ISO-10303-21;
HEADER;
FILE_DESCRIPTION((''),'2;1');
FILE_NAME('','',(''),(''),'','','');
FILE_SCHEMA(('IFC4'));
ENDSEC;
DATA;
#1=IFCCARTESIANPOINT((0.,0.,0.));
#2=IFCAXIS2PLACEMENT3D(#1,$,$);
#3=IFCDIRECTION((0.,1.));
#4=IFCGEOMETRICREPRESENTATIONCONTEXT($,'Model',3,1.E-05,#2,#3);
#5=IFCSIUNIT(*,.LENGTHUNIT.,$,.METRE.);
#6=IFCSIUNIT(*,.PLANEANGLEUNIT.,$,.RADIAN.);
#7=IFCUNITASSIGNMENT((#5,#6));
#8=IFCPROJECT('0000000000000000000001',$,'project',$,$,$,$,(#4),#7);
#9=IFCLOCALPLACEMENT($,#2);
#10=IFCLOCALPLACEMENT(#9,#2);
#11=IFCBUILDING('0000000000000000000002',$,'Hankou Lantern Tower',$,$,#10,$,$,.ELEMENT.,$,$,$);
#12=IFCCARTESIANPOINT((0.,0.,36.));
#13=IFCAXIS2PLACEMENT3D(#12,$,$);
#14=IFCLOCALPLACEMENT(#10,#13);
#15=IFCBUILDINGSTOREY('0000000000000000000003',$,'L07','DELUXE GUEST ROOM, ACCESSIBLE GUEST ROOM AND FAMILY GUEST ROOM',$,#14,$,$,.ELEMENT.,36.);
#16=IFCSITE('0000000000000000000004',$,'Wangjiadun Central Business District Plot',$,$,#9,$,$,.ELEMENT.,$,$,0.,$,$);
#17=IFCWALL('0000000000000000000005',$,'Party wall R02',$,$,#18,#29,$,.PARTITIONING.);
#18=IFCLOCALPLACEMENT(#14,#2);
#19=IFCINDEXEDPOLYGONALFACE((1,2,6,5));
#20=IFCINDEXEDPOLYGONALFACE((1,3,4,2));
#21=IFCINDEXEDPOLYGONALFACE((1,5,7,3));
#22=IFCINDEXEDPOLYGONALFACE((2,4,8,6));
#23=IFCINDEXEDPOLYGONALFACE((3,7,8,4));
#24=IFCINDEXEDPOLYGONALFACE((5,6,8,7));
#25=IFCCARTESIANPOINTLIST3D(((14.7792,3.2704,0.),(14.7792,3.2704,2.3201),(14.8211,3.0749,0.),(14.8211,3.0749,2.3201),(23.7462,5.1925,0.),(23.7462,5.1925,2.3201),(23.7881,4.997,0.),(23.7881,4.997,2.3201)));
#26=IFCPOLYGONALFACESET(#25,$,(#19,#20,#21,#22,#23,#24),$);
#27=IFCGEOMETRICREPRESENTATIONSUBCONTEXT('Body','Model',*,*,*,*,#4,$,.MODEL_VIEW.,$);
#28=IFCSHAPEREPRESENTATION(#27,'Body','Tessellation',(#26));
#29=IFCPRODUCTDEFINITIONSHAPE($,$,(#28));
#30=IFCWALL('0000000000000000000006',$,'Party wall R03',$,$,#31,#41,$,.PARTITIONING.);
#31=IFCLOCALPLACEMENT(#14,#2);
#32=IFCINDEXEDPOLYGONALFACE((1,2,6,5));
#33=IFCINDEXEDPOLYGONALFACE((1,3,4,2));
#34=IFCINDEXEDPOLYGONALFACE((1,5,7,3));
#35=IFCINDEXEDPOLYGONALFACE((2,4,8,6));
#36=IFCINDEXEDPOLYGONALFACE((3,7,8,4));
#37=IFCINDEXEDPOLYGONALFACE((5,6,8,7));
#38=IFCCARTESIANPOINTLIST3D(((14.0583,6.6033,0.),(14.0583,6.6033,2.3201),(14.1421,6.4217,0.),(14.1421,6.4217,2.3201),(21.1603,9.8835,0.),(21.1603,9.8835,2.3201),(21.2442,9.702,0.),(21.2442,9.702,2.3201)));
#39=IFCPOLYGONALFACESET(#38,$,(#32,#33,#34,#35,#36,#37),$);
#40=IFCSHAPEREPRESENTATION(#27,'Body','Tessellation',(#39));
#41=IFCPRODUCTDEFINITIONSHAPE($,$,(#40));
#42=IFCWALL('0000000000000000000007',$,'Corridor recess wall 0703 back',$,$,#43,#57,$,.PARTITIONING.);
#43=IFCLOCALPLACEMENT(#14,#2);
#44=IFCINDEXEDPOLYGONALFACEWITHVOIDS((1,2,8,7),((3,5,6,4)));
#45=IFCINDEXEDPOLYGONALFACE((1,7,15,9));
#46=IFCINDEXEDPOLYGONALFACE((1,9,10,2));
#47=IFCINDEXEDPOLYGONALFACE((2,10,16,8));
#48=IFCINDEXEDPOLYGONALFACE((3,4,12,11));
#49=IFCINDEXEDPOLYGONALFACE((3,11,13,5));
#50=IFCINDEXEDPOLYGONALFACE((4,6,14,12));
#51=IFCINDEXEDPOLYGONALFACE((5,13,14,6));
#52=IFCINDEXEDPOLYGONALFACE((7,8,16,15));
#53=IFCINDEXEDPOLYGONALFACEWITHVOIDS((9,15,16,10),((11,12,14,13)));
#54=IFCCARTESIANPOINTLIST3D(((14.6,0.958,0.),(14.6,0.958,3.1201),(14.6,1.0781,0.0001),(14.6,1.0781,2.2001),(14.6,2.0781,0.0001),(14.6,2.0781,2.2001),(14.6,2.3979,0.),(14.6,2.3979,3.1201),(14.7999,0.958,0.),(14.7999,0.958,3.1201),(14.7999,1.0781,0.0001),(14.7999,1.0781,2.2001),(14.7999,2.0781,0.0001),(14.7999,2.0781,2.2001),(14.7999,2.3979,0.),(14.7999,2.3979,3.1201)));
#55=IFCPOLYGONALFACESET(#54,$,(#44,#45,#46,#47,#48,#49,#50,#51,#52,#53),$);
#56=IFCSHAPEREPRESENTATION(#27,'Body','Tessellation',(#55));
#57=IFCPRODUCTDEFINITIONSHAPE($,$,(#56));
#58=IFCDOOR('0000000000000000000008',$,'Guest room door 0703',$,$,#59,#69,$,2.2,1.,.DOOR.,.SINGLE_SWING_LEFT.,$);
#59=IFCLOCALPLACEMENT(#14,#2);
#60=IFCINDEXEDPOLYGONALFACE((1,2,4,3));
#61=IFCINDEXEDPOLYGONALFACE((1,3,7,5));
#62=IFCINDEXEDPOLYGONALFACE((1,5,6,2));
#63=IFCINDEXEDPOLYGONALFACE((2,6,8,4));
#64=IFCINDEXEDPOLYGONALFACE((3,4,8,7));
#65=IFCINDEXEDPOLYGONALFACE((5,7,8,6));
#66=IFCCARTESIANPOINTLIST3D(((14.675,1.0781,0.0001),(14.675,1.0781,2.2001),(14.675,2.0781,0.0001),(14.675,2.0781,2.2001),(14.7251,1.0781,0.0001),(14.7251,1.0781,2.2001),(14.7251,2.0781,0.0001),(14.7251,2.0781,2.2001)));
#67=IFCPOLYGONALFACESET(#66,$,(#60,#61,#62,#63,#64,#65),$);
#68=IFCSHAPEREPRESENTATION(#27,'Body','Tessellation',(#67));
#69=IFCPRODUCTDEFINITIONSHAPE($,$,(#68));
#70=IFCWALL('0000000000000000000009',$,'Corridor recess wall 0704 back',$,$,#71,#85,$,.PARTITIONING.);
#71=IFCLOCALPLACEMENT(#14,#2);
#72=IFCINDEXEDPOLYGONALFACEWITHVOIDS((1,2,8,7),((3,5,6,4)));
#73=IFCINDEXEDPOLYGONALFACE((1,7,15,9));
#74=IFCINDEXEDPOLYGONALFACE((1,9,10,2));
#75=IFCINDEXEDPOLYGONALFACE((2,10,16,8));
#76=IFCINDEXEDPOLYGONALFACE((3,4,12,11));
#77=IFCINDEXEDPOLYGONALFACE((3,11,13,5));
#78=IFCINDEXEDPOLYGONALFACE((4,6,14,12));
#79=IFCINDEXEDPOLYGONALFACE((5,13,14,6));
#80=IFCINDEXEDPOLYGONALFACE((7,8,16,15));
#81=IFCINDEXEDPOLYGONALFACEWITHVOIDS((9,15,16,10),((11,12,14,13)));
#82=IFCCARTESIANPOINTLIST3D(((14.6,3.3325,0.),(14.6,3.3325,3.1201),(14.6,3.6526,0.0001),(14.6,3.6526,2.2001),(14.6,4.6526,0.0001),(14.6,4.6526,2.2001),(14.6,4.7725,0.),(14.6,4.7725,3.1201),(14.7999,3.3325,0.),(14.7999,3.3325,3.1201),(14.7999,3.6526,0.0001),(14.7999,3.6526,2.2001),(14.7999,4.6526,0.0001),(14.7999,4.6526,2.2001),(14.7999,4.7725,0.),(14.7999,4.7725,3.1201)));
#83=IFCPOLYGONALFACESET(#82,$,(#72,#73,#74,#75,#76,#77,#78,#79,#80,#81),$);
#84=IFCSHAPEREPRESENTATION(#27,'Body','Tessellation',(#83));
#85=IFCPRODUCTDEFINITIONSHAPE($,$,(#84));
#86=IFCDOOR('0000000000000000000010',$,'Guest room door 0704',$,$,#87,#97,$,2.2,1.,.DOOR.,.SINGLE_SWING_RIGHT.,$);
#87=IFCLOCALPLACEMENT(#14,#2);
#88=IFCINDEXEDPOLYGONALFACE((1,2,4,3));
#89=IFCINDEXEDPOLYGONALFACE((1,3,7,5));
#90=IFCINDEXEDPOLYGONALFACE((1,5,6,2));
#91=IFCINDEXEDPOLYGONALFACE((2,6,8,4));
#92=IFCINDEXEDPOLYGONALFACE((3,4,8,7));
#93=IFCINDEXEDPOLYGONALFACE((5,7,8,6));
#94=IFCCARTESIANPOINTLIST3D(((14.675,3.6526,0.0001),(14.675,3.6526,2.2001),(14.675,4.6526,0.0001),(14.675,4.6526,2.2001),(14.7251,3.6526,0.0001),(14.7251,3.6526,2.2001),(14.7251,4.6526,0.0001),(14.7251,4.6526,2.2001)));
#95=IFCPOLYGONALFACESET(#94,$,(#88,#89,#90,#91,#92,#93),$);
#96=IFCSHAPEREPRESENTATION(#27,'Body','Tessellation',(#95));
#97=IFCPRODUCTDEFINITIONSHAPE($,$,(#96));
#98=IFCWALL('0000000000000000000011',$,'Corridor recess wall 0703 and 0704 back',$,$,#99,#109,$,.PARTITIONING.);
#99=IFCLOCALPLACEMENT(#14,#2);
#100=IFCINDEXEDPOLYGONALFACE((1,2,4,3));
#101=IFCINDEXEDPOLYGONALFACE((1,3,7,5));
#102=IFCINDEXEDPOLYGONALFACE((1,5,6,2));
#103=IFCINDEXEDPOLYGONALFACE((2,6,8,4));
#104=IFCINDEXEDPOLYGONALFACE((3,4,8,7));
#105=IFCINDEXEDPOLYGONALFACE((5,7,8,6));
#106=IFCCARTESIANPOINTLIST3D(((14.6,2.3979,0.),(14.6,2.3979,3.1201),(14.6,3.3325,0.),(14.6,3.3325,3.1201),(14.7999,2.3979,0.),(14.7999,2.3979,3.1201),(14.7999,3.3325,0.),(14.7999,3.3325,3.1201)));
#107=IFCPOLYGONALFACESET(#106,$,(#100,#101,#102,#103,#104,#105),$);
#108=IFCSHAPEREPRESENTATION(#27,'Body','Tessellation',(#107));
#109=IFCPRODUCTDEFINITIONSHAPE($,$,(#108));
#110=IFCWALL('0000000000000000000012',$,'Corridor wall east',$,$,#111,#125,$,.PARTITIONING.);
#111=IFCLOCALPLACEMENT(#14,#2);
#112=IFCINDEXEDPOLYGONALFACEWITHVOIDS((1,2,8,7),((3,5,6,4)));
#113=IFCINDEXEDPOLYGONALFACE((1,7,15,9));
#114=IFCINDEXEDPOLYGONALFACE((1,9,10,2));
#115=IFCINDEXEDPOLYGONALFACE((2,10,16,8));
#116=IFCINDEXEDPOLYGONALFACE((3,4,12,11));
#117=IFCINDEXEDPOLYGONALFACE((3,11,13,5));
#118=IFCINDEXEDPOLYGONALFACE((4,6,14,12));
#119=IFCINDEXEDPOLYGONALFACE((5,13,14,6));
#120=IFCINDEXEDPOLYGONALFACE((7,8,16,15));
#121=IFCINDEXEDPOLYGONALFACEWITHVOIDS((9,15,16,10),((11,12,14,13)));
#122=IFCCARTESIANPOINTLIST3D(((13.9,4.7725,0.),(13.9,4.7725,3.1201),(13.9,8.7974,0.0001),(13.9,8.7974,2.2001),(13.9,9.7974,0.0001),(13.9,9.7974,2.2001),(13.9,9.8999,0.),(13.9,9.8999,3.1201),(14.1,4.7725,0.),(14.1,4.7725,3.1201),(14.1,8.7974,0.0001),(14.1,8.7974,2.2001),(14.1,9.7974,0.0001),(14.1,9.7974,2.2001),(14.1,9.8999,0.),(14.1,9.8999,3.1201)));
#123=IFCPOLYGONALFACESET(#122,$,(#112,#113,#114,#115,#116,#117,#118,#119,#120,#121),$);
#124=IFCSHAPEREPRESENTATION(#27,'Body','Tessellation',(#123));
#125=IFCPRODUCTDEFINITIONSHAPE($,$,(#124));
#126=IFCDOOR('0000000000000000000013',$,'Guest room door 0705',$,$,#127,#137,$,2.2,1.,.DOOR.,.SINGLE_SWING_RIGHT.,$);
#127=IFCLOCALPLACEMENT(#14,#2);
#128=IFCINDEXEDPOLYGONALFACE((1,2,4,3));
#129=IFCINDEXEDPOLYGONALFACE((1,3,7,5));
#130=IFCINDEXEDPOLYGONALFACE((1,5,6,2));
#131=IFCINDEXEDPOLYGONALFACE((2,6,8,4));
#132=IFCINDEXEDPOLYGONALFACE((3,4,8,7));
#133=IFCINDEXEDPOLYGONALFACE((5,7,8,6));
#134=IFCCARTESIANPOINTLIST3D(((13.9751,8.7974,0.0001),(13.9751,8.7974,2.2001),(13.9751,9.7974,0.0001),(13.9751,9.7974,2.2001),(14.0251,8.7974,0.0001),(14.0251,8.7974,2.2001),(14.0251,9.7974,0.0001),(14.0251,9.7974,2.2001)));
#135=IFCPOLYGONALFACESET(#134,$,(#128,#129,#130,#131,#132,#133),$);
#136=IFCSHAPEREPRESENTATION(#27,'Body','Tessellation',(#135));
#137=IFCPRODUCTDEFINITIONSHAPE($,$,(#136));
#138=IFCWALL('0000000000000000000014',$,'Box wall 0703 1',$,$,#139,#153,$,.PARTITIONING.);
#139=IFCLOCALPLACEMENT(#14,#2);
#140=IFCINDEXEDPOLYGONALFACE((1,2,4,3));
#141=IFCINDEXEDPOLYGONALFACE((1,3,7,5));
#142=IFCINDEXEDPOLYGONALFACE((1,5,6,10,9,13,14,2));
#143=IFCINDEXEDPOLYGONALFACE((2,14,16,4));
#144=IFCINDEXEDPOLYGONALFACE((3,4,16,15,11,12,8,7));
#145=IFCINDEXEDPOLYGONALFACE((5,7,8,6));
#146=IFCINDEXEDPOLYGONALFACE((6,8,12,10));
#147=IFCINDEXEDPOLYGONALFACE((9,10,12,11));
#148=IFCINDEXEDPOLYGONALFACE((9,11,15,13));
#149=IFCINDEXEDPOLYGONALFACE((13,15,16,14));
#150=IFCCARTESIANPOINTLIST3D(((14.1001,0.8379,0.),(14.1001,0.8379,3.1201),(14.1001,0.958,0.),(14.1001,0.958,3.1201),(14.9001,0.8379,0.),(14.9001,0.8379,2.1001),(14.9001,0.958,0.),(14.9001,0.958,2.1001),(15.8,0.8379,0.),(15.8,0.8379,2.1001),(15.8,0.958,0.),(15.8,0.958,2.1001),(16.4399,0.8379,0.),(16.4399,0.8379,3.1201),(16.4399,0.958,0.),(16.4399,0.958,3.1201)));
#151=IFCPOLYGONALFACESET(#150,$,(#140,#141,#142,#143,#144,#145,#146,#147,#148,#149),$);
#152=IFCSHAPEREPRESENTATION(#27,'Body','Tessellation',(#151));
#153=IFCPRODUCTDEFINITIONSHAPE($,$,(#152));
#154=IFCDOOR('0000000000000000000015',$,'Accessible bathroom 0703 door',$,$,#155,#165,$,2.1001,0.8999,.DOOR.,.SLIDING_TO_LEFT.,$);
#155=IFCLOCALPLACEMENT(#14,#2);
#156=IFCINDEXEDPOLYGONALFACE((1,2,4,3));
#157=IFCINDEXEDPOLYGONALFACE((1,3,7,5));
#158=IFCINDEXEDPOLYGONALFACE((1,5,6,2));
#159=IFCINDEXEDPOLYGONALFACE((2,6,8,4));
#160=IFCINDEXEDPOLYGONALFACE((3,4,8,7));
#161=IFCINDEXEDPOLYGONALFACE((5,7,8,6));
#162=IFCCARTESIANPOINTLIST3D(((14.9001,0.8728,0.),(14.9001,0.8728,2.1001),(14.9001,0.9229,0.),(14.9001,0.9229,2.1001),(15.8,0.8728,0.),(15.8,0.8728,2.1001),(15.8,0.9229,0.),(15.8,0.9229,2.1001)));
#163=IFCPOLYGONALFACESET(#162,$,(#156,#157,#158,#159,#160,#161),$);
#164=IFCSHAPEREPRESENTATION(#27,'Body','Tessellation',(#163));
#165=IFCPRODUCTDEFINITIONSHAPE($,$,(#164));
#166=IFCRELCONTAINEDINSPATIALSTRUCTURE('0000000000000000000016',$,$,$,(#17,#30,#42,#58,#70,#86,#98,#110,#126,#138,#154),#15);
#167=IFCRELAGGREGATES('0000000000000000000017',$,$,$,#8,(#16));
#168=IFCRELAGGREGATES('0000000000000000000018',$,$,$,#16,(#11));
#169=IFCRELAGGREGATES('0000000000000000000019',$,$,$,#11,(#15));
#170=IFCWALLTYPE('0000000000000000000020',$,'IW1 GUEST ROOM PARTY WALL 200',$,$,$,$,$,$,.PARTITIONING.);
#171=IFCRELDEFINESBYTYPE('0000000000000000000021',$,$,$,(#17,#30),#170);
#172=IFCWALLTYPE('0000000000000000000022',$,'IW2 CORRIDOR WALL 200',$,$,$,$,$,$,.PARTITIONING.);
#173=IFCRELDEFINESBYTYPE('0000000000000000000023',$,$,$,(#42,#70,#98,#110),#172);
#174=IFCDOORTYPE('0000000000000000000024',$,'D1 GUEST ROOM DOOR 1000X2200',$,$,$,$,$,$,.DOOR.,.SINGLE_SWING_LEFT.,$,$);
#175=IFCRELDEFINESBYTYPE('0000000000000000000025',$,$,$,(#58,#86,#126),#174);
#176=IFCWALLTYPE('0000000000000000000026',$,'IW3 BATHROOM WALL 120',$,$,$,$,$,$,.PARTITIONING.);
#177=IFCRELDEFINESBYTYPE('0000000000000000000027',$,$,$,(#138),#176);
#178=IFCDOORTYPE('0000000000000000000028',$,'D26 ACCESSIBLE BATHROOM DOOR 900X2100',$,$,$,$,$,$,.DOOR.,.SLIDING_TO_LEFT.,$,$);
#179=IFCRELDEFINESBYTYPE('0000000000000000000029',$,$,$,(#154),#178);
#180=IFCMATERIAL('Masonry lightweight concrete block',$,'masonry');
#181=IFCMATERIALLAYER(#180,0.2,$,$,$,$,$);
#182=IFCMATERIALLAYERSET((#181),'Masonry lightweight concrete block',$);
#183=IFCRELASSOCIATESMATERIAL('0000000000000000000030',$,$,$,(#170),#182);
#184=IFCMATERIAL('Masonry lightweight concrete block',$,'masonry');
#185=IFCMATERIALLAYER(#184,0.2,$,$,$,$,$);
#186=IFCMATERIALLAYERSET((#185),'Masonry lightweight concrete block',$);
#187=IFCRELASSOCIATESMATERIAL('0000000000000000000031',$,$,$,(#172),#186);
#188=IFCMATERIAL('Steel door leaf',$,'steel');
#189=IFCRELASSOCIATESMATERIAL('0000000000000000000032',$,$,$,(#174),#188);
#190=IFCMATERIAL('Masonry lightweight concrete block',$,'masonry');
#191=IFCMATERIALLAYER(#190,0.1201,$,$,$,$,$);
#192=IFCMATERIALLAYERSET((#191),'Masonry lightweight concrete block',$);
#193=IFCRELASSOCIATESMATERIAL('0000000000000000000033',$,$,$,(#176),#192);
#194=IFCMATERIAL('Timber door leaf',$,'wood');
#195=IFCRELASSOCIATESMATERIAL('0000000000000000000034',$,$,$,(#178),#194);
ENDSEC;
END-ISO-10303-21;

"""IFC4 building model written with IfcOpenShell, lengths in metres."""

from ifc_helpers import new_model, si_unit, direction, frame, frame_2d, origin, place, context, subcontext, project, spatial, rectangle, extrude, material, layer, layer_set, type_object, element, fill, save


model = new_model("IFC4")

# Units and contexts
model_context = context("Model", 3, precision=1e-05, world=origin(), true_north=direction((0.0, 1.0)))
body_context = subcontext(model_context, "Body", "Model", "MODEL_VIEW")
ifc_project = project(units=[si_unit("LENGTHUNIT", "METRE"), si_unit("PLANEANGLEUNIT", "RADIAN")], contexts=[model_context])

# Site, building, storey
site_placement = place(None, origin())
site = spatial("IfcSite", under=ifc_project, at=site_placement, Name="Wangjiadun Central Business District Plot", CompositionType="ELEMENT", RefElevation=0.0)
building_placement = place(site_placement, origin())
building = spatial("IfcBuilding", under=site, at=building_placement, Name="Hankou Lantern Tower", CompositionType="ELEMENT")
storey_placement = place(building_placement, frame((0.0, 0.0, 36.0)))
storey = spatial("IfcBuildingStorey", under=building, at=storey_placement, Name="L07", Description="DELUXE GUEST ROOM, ACCESSIBLE GUEST ROOM AND FAMILY GUEST ROOM", CompositionType="ELEMENT", Elevation=36.0)

# Walls
ifc_material_1 = material(Name="Masonry lightweight concrete block", Category="masonry")
ifc_layer_1 = layer(ifc_material_1, 0.2)
ifc_layer_set_1 = layer_set([ifc_layer_1], Name="Masonry lightweight concrete block")
wall_type_1 = type_object("IfcWallType", Name="IW1 GUEST ROOM PARTY WALL 200", PredefinedType="PARTITIONING", material=ifc_layer_set_1)
wall_1_placement = place(storey_placement, frame((14.8, 3.1726, 0.0), z_axis=(0.0, 0.0, 1.0), x_axis=(0.977789, 0.209593, 0.0)))
element("IfcWall", 1, at=wall_1_placement, inside=storey, type_object=wall_type_1, Name="Party wall R02", PredefinedType="PARTITIONING", context=body_context, shape_type="SweptSolid", body=[
    extrude(rectangle(XDim=9.1707, YDim=0.2, at=frame_2d((4.5854, 0.0))), origin(), (0.0, 0.0, 1.0), 2.3201),
])
wall_2_placement = place(storey_placement, frame((14.1001, 6.5125, 0.0), z_axis=(0.0, 0.0, 1.0), x_axis=(0.907842, 0.419311, 0.0)))
element("IfcWall", 2, at=wall_2_placement, inside=storey, type_object=wall_type_1, Name="Party wall R03", PredefinedType="PARTITIONING", context=body_context, shape_type="SweptSolid", body=[
    extrude(rectangle(XDim=7.823, YDim=0.2, at=frame_2d((3.9116, 0.0))), origin(), (0.0, 0.0, 1.0), 2.3201),
])

# Walls, openings, doors
ifc_material_2 = material(Name="Masonry lightweight concrete block", Category="masonry")
ifc_layer_2 = layer(ifc_material_2, 0.2)
ifc_layer_set_2 = layer_set([ifc_layer_2], Name="Masonry lightweight concrete block")
wall_type_2 = type_object("IfcWallType", Name="IW2 CORRIDOR WALL 200", PredefinedType="PARTITIONING", material=ifc_layer_set_2)
wall_3_placement = place(storey_placement, frame((14.7, 0.958, 0.0), z_axis=(0.0, 0.0, 1.0), x_axis=(0.0, 1.0, 0.0)))
wall_3 = element("IfcWall", 3, at=wall_3_placement, inside=storey, type_object=wall_type_2, Name="Corridor recess wall 0703 back", PredefinedType="PARTITIONING", context=body_context, shape_type="SweptSolid", body=[
    extrude(rectangle(XDim=1.4399, YDim=0.2, at=frame_2d((0.72, 0.0))), origin(), (0.0, 0.0, 1.0), 3.1201),
])
opening_1_placement = place(wall_3_placement, frame((0.1201, 0.0, 0.0)))
opening_1 = element("IfcOpeningElement", 4, at=opening_1_placement, cuts=wall_3, PredefinedType="OPENING", context=body_context, shape_type="SweptSolid", body=[
    extrude(rectangle(XDim=1.0, YDim=2.2, at=frame_2d((0.5, 1.1001))), frame((0.0, 0.1099, 0.0), z_axis=(0.0, -1.0, 0.0), x_axis=(1.0, 0.0, 0.0)), (0.0, 0.0, 1.0), 0.22),
])
ifc_material_3 = material(Name="Steel door leaf", Category="steel")
door_type_1 = type_object("IfcDoorType", Name="D1 GUEST ROOM DOOR 1000X2200", OperationType="SINGLE_SWING_LEFT", PredefinedType="DOOR", material=ifc_material_3)
door_1_placement = place(opening_1_placement, origin())
door_1 = element("IfcDoor", 5, at=door_1_placement, inside=storey, type_object=door_type_1, Name="Guest room door 0703", OperationType="SINGLE_SWING_LEFT", OverallHeight=2.2, OverallWidth=1.0, PredefinedType="DOOR", context=body_context, shape_type="SweptSolid", body=[
    extrude(rectangle(XDim=1.0, YDim=2.2, at=frame_2d((0.5, 1.1001))), frame((0.0, 0.0249, 0.0), z_axis=(0.0, -1.0, 0.0), x_axis=(1.0, 0.0, 0.0)), (0.0, 0.0, 1.0), 0.05),
])
fill(opening_1, door_1)
wall_4_placement = place(storey_placement, frame((14.7, 3.3325, 0.0), z_axis=(0.0, 0.0, 1.0), x_axis=(0.0, 1.0, 0.0)))
wall_4 = element("IfcWall", 6, at=wall_4_placement, inside=storey, type_object=wall_type_2, Name="Corridor recess wall 0704 back", PredefinedType="PARTITIONING", context=body_context, shape_type="SweptSolid", body=[
    extrude(rectangle(XDim=1.4399, YDim=0.2, at=frame_2d((0.72, 0.0))), origin(), (0.0, 0.0, 1.0), 3.1201),
])
opening_2_placement = place(wall_4_placement, frame((0.3201, 0.0, 0.0)))
opening_2 = element("IfcOpeningElement", 7, at=opening_2_placement, cuts=wall_4, PredefinedType="OPENING", context=body_context, shape_type="SweptSolid", body=[
    extrude(rectangle(XDim=1.0, YDim=2.2, at=frame_2d((0.5, 1.1001))), frame((0.0, 0.1099, 0.0), z_axis=(0.0, -1.0, 0.0), x_axis=(1.0, 0.0, 0.0)), (0.0, 0.0, 1.0), 0.22),
])
door_2_placement = place(opening_2_placement, origin())
door_2 = element("IfcDoor", 8, at=door_2_placement, inside=storey, type_object=door_type_1, Name="Guest room door 0704", OperationType="SINGLE_SWING_RIGHT", OverallHeight=2.2, OverallWidth=1.0, PredefinedType="DOOR", context=body_context, shape_type="SweptSolid", body=[
    extrude(rectangle(XDim=1.0, YDim=2.2, at=frame_2d((0.5, 1.1001))), frame((0.0, 0.0249, 0.0), z_axis=(0.0, -1.0, 0.0), x_axis=(1.0, 0.0, 0.0)), (0.0, 0.0, 1.0), 0.05),
])
fill(opening_2, door_2)

# Wall
wall_5_placement = place(storey_placement, frame((14.7, 2.3979, 0.0), z_axis=(0.0, 0.0, 1.0), x_axis=(0.0, 1.0, 0.0)))
element("IfcWall", 9, at=wall_5_placement, inside=storey, type_object=wall_type_2, Name="Corridor recess wall 0703 and 0704 back", PredefinedType="PARTITIONING", context=body_context, shape_type="SweptSolid", body=[
    extrude(rectangle(XDim=0.9346, YDim=0.2, at=frame_2d((0.4673, 0.0))), origin(), (0.0, 0.0, 1.0), 3.1201),
])

# Walls, openings, doors
wall_6_placement = place(storey_placement, frame((14.0, 4.7725, 0.0), z_axis=(0.0, 0.0, 1.0), x_axis=(0.0, 1.0, 0.0)))
wall_6 = element("IfcWall", 10, at=wall_6_placement, inside=storey, type_object=wall_type_2, Name="Corridor wall east", PredefinedType="PARTITIONING", context=body_context, shape_type="SweptSolid", body=[
    extrude(rectangle(XDim=5.1274, YDim=0.2, at=frame_2d((2.5637, 0.0))), origin(), (0.0, 0.0, 1.0), 3.1201),
])
opening_3_placement = place(wall_6_placement, frame((4.0249, 0.0, 0.0)))
opening_3 = element("IfcOpeningElement", 11, at=opening_3_placement, cuts=wall_6, PredefinedType="OPENING", context=body_context, shape_type="SweptSolid", body=[
    extrude(rectangle(XDim=1.0, YDim=2.2, at=frame_2d((0.5, 1.1001))), frame((0.0, 0.1099, 0.0), z_axis=(0.0, -1.0, 0.0), x_axis=(1.0, 0.0, 0.0)), (0.0, 0.0, 1.0), 0.22),
])
door_3_placement = place(opening_3_placement, origin())
door_3 = element("IfcDoor", 12, at=door_3_placement, inside=storey, type_object=door_type_1, Name="Guest room door 0705", OperationType="SINGLE_SWING_RIGHT", OverallHeight=2.2, OverallWidth=1.0, PredefinedType="DOOR", context=body_context, shape_type="SweptSolid", body=[
    extrude(rectangle(XDim=1.0, YDim=2.2, at=frame_2d((0.5, 1.1001))), frame((0.0, 0.0249, 0.0), z_axis=(0.0, -1.0, 0.0), x_axis=(1.0, 0.0, 0.0)), (0.0, 0.0, 1.0), 0.05),
])
fill(opening_3, door_3)
ifc_material_4 = material(Name="Masonry lightweight concrete block", Category="masonry")
ifc_layer_3 = layer(ifc_material_4, 0.1201)
ifc_layer_set_3 = layer_set([ifc_layer_3], Name="Masonry lightweight concrete block")
wall_type_3 = type_object("IfcWallType", Name="IW3 BATHROOM WALL 120", PredefinedType="PARTITIONING", material=ifc_layer_set_3)
wall_7_placement = place(storey_placement, frame((14.1001, 0.8979, 0.0), z_axis=(0.0, 0.0, 1.0), x_axis=(1.0, 0.0, 0.0)))
wall_7 = element("IfcWall", 13, at=wall_7_placement, inside=storey, type_object=wall_type_3, Name="Box wall 0703 1", PredefinedType="PARTITIONING", context=body_context, shape_type="SweptSolid", body=[
    extrude(rectangle(XDim=2.3398, YDim=0.1201, at=frame_2d((1.1699, 0.0))), origin(), (0.0, 0.0, 1.0), 3.1201),
])
opening_4_placement = place(wall_7_placement, frame((0.8, 0.0, 0.0)))
opening_4 = element("IfcOpeningElement", 14, at=opening_4_placement, cuts=wall_7, PredefinedType="OPENING", context=body_context, shape_type="SweptSolid", body=[
    extrude(rectangle(XDim=0.8999, YDim=2.1001, at=frame_2d((0.45, 1.05))), frame((0.0, 0.0701, 0.0), z_axis=(0.0, -1.0, 0.0), x_axis=(1.0, 0.0, 0.0)), (0.0, 0.0, 1.0), 0.1401),
])
ifc_material_5 = material(Name="Timber door leaf", Category="wood")
door_type_2 = type_object("IfcDoorType", Name="D26 ACCESSIBLE BATHROOM DOOR 900X2100", OperationType="SLIDING_TO_LEFT", PredefinedType="DOOR", material=ifc_material_5)
door_4_placement = place(opening_4_placement, origin())
door_4 = element("IfcDoor", 15, at=door_4_placement, inside=storey, type_object=door_type_2, Name="Accessible bathroom 0703 door", OperationType="SLIDING_TO_LEFT", OverallHeight=2.1001, OverallWidth=0.8999, PredefinedType="DOOR", context=body_context, shape_type="SweptSolid", body=[
    extrude(rectangle(XDim=0.8999, YDim=2.1001, at=frame_2d((0.45, 1.05))), frame((0.0, 0.0249, 0.0), z_axis=(0.0, -1.0, 0.0), x_axis=(1.0, 0.0, 0.0)), (0.0, 0.0, 1.0), 0.05),
])
fill(opening_4, door_4)

save(model, "model.ifc")
